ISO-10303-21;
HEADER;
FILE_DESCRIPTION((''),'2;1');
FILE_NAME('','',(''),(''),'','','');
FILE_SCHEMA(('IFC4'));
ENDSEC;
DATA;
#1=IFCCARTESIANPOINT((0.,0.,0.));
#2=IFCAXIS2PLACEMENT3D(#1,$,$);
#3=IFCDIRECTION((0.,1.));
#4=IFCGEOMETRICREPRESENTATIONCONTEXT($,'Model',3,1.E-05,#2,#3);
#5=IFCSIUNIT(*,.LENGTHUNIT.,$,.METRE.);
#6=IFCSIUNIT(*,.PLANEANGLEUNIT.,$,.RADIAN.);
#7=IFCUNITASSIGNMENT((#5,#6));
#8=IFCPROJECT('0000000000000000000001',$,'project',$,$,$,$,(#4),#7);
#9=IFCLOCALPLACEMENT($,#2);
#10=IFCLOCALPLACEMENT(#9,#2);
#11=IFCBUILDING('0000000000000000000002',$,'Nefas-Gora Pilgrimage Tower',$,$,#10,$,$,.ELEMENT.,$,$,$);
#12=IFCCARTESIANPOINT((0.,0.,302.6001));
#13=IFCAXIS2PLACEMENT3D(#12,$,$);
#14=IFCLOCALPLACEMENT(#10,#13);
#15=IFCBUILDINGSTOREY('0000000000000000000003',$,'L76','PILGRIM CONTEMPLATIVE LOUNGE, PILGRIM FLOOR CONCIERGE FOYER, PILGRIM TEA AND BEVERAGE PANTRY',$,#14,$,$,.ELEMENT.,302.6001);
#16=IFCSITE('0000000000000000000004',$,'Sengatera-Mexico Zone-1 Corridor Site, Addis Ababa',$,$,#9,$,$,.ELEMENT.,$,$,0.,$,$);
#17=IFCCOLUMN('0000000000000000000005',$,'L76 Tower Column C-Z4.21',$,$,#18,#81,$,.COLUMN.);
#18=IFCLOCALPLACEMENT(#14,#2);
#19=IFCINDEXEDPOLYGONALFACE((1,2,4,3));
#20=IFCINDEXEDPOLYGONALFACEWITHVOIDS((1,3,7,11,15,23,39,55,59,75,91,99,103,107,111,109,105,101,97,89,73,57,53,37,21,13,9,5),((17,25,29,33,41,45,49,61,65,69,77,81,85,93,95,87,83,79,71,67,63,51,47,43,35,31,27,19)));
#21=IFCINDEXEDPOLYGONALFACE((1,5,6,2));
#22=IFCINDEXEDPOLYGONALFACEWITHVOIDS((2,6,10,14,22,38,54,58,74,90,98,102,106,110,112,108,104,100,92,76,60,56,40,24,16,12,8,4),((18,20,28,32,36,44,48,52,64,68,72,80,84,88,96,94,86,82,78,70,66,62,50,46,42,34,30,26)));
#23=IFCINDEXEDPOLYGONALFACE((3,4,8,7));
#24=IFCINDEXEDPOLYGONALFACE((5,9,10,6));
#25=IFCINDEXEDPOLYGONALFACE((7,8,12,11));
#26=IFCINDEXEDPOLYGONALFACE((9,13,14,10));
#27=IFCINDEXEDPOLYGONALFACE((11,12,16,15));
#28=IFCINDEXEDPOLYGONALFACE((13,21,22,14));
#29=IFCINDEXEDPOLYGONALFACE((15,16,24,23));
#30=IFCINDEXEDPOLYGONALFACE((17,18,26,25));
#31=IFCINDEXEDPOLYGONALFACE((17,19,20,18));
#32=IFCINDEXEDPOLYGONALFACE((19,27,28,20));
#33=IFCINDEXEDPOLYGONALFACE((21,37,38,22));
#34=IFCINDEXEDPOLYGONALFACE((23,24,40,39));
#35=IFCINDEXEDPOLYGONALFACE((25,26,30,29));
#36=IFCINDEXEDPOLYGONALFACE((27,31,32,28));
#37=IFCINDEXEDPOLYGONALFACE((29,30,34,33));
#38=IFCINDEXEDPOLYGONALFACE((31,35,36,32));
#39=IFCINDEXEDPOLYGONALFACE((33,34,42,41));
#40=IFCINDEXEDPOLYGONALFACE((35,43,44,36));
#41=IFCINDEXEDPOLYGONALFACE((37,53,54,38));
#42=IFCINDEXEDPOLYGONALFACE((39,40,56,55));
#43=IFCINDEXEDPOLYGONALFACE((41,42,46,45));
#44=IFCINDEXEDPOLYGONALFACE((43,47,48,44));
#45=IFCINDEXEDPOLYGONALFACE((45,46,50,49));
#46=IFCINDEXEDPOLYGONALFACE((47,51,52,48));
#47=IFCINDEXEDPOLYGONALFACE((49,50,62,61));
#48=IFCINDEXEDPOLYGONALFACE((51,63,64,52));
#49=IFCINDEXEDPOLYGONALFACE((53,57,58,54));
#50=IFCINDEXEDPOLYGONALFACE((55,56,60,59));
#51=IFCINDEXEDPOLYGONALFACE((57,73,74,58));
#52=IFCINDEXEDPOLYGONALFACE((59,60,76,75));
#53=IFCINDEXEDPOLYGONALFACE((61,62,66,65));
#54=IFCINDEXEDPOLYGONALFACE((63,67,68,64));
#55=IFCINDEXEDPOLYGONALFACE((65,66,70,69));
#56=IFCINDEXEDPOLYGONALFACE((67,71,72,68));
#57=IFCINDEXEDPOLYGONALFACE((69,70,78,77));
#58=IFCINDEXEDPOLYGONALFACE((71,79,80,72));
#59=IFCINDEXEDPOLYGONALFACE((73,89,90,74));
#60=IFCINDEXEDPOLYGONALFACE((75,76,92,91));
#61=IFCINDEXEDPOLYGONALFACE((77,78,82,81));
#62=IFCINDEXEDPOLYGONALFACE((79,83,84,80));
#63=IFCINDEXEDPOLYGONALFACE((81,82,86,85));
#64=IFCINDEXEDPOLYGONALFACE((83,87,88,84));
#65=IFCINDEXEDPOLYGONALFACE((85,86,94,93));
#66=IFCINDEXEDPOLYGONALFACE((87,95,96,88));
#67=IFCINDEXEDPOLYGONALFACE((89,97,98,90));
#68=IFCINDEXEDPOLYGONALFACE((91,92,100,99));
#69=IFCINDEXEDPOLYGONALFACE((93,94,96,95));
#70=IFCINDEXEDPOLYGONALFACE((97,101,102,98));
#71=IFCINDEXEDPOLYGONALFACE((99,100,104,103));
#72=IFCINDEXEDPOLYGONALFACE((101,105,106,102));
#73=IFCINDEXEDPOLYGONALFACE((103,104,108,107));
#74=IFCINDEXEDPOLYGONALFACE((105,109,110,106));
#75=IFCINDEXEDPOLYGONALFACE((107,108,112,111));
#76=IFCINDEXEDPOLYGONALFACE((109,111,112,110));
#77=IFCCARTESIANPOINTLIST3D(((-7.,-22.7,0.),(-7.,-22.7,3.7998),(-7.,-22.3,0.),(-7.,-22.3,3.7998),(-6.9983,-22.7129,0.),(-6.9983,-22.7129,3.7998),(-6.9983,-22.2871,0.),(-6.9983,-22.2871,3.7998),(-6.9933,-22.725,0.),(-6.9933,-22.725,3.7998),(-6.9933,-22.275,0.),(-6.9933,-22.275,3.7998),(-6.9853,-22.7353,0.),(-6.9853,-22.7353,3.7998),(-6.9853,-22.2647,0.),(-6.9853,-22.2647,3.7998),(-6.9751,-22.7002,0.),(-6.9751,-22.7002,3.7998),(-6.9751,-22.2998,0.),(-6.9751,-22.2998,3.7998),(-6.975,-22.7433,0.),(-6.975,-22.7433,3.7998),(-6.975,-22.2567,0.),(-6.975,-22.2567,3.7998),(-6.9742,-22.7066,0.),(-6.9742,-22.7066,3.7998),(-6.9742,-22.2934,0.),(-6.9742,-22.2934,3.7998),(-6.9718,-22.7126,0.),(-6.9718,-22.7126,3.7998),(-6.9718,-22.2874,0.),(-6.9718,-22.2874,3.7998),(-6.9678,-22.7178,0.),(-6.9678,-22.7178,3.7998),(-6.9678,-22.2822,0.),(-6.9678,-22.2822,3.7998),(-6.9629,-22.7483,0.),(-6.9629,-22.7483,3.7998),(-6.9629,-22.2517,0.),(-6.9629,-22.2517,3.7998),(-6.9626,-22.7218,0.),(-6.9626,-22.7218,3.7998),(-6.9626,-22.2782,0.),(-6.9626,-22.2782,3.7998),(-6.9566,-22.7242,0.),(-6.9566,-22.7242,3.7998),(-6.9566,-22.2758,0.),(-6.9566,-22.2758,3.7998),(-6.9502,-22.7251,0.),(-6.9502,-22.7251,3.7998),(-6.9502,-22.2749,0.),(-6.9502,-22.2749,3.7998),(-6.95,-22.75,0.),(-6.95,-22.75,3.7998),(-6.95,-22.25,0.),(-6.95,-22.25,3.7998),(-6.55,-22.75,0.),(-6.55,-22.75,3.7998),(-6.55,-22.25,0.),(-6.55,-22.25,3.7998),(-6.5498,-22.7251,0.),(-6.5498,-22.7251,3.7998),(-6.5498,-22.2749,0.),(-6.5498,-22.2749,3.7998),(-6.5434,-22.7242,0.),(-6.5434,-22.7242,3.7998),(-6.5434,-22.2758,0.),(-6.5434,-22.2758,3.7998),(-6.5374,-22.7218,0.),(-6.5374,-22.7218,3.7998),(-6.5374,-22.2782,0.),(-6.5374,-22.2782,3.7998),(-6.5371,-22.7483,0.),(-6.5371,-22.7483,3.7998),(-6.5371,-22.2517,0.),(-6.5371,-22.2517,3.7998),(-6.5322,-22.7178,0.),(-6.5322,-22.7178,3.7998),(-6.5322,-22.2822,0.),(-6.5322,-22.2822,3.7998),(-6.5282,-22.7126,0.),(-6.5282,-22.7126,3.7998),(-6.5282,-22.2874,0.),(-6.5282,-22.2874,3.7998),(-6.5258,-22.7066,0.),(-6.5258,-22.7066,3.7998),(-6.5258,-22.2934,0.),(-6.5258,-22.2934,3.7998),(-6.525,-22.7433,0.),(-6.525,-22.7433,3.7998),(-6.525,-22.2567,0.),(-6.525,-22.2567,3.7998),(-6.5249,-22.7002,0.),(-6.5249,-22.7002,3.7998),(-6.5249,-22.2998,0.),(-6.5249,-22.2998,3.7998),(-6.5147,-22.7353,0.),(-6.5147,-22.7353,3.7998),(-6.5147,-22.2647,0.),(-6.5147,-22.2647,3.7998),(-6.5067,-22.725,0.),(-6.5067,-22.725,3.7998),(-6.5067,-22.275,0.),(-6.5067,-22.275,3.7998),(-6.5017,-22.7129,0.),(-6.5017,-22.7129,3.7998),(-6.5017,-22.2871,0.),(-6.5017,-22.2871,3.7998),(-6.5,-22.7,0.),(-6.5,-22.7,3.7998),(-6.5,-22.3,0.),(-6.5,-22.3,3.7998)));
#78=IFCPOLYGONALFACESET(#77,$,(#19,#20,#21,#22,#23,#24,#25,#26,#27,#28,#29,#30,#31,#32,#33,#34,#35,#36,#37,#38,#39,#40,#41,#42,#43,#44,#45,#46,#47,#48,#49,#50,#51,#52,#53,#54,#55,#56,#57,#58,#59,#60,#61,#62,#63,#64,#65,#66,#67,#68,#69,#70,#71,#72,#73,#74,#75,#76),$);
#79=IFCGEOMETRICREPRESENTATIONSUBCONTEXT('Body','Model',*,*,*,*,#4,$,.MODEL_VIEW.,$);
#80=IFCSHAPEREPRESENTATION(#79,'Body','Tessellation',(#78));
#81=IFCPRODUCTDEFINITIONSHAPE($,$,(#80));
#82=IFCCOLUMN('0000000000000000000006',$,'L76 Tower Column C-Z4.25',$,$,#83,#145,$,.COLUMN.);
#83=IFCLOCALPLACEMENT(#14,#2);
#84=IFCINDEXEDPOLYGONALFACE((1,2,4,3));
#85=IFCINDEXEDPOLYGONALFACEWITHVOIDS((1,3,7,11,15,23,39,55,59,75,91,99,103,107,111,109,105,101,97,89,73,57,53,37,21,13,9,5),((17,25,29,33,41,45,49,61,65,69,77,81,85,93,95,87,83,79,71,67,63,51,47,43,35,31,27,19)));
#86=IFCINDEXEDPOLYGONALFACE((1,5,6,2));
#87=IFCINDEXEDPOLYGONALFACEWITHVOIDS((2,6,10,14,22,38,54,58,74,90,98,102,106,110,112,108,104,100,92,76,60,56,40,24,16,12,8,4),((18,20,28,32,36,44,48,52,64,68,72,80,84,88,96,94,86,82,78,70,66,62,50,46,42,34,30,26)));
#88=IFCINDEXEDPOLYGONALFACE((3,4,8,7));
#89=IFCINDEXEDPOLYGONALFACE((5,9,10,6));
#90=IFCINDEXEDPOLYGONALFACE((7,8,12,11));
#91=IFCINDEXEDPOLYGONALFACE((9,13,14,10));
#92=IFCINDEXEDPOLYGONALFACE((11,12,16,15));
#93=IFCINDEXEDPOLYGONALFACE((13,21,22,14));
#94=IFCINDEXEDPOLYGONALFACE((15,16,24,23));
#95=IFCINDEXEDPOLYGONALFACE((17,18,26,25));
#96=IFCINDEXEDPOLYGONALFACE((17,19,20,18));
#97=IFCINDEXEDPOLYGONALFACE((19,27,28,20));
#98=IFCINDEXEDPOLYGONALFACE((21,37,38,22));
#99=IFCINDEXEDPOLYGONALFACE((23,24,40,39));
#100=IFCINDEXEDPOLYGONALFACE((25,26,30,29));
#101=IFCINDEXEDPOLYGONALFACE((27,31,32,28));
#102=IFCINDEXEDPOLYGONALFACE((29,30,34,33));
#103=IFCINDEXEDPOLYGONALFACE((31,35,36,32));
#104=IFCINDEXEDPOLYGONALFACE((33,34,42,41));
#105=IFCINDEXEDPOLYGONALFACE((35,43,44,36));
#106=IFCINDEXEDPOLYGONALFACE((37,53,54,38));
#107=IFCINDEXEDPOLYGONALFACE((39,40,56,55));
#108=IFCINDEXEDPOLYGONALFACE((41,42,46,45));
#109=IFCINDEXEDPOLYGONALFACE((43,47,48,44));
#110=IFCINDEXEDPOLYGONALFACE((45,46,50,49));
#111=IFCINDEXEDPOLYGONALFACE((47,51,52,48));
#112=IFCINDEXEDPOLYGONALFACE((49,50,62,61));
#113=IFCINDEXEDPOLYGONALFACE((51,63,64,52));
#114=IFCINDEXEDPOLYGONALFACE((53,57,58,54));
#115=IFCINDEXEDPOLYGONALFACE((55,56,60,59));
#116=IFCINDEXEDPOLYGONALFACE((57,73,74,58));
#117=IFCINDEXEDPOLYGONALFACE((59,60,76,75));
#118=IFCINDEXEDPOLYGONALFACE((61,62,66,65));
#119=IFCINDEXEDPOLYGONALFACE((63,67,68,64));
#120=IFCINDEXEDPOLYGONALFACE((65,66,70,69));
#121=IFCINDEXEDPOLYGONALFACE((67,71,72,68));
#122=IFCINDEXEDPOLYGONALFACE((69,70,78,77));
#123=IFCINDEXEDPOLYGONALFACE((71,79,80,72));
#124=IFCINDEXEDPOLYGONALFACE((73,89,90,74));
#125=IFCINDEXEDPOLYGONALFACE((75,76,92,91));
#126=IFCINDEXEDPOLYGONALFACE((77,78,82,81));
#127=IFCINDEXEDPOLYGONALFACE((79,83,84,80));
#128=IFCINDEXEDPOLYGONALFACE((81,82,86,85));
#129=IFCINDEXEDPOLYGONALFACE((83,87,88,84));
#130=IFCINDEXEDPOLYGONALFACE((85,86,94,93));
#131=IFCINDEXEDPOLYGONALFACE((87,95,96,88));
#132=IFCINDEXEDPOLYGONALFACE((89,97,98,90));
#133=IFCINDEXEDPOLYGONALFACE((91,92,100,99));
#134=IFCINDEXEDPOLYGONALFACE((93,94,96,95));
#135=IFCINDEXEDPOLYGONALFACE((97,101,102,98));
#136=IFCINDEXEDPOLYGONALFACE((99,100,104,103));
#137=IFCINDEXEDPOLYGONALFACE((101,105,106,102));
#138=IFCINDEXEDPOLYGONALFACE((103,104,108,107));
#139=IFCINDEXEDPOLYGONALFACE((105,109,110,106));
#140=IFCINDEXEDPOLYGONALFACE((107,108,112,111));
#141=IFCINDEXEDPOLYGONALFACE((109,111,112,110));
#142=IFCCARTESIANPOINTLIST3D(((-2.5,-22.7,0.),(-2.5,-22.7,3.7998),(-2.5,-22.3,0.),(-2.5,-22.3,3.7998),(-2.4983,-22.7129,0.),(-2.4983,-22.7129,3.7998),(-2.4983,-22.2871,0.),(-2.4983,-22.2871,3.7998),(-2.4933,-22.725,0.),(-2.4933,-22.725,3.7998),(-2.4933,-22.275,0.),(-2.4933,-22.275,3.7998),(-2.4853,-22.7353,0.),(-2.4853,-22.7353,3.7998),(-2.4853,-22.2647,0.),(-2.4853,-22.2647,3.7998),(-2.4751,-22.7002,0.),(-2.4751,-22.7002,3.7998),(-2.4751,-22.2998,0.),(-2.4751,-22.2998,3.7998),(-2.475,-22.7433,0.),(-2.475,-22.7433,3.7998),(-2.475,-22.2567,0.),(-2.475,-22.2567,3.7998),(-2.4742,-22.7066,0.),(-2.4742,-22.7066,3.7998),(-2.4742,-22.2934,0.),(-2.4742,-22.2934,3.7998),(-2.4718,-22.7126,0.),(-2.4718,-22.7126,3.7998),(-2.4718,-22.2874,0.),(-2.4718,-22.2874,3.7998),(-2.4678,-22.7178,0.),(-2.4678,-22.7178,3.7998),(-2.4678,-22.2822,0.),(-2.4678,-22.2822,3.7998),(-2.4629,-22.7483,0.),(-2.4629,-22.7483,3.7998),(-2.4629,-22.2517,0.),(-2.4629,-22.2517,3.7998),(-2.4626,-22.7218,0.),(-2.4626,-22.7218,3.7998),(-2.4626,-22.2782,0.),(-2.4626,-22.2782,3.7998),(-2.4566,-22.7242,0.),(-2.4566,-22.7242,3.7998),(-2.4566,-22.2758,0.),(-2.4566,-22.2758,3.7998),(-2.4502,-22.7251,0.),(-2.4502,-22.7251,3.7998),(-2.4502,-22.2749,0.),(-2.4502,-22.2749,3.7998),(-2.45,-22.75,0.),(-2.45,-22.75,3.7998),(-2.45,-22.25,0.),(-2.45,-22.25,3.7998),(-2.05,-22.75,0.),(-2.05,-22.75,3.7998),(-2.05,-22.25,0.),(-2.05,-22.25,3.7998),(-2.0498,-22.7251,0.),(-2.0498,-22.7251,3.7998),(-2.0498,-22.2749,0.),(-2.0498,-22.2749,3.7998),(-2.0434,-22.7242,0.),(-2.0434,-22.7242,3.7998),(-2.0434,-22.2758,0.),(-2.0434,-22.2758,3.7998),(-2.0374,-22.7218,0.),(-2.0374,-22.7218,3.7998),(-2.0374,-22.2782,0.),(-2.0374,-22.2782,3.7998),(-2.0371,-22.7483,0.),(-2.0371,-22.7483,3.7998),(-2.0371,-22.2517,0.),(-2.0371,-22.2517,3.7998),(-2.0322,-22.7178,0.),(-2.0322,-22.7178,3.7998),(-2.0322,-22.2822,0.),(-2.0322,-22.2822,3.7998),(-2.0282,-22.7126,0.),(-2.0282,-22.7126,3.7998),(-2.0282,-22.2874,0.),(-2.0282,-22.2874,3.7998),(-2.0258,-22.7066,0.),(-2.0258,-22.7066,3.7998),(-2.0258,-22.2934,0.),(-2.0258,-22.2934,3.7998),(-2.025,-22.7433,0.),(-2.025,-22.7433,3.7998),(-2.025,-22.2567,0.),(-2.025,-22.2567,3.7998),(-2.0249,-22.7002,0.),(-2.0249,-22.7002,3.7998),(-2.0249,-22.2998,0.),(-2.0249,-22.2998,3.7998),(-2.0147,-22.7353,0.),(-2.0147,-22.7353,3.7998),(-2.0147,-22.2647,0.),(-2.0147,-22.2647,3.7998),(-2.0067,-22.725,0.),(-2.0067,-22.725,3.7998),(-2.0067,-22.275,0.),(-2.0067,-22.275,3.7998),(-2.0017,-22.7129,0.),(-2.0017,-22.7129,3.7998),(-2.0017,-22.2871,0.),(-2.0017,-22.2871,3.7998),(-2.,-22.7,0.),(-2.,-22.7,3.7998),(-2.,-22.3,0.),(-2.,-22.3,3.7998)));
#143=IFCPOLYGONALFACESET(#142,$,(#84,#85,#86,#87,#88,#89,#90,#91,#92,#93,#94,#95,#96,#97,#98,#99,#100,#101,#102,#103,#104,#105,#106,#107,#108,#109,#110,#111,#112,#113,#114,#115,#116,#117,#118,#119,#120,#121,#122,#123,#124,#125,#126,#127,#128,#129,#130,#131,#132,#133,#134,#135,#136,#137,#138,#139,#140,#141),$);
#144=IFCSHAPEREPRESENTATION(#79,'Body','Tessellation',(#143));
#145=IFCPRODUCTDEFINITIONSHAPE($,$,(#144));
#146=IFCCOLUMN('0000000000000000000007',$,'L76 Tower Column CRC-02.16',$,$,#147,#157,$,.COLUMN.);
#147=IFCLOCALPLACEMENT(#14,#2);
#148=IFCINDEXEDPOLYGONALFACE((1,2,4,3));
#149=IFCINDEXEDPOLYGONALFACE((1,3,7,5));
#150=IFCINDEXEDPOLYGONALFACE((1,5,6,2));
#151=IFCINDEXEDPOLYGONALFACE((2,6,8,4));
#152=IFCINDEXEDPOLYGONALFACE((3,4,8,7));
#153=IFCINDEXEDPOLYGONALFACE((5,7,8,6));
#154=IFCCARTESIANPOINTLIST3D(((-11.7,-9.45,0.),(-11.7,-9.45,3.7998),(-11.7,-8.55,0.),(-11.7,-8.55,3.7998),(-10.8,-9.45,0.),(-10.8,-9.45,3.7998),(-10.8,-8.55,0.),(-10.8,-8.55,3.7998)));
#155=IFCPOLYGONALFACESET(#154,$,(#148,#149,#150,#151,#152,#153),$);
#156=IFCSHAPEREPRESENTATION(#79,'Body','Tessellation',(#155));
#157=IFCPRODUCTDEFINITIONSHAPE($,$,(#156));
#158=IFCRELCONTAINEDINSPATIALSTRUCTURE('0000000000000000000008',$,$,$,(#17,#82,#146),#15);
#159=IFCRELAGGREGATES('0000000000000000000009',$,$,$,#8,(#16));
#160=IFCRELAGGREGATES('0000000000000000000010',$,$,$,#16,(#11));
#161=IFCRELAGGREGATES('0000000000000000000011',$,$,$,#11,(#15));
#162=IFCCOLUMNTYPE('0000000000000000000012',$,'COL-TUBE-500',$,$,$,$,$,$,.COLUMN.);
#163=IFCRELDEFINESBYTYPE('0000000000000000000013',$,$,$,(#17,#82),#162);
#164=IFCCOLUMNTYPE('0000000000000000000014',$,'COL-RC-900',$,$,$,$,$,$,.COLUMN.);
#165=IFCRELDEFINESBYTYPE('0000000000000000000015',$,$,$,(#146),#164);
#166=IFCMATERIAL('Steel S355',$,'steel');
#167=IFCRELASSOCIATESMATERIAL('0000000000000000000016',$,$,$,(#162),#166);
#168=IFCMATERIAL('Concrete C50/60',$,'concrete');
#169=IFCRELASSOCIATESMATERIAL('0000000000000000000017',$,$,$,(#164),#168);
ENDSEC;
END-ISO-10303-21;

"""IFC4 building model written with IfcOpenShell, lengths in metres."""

from ifc_helpers import new_model, si_unit, direction, frame, origin, origin_2d, place, context, subcontext, project, spatial, rectangle, hollow_rectangle, extrude, source, transform, mapped, material, material_profile, profile_set, type_object, element, save


model = new_model("IFC4")

# Units and contexts
model_context = context("Model", 3, precision=1e-05, world=origin(), true_north=direction((0.0, 1.0)))
body_context = subcontext(model_context, "Body", "Model", "MODEL_VIEW")
ifc_project = project(units=[si_unit("LENGTHUNIT", "METRE"), si_unit("PLANEANGLEUNIT", "RADIAN")], contexts=[model_context])

# Site, building, storey
site_placement = place(None, origin())
site = spatial("IfcSite", under=ifc_project, at=site_placement, Name="Sengatera-Mexico Zone-1 Corridor Site, Addis Ababa", CompositionType="ELEMENT", RefElevation=0.0)
building_placement = place(site_placement, origin())
building = spatial("IfcBuilding", under=site, at=building_placement, Name="Nefas-Gora Pilgrimage Tower", CompositionType="ELEMENT")
storey_placement = place(building_placement, frame((0.0, 0.0, 302.6001)))
storey = spatial("IfcBuildingStorey", under=building, at=storey_placement, Name="L76", Description="PILGRIM CONTEMPLATIVE LOUNGE, PILGRIM FLOOR CONCIERGE FOYER, PILGRIM TEA AND BEVERAGE PANTRY", CompositionType="ELEMENT", Elevation=302.6001)

# Columns
ifc_material_1 = material(Name="Steel S355", Category="steel")
ifc_material_profile_1 = material_profile(ifc_material_1, hollow_rectangle(XDim=0.5, YDim=0.5, WallThickness=0.0249, InnerFilletRadius=0.0249, OuterFilletRadius=0.05, at=origin_2d()), Name="SHS 500x500x25")
ifc_profile_set_1 = profile_set([ifc_material_profile_1], Name="Steel S355")
column_type_1 = type_object("IfcColumnType", Name="COL-TUBE-500", PredefinedType="COLUMN", material=ifc_profile_set_1)
shared_shape_1 = source(origin(), body_context, "Body", "SweptSolid", [
    extrude(hollow_rectangle(XDim=0.5, YDim=0.5, WallThickness=0.0249, InnerFilletRadius=0.0249, OuterFilletRadius=0.05, at=origin_2d()), origin(), (0.0, 0.0, 1.0), 3.7998),
])
for number, where, z_axis, x_axis, name in (
    (1, (-6.75, -22.5, 0.0), (0.0, 0.0, 1.0), (1.0, 0.0, 0.0), "L76 Tower Column C-Z4.21"),
    (2, (-2.25, -22.5, 0.0), (0.0, 0.0, 1.0), (1.0, 0.0, 0.0), "L76 Tower Column C-Z4.25"),
):
    element("IfcColumn", number, at=place(storey_placement, frame(where, z_axis=z_axis, x_axis=x_axis)), inside=storey, type_object=column_type_1, Name=name, PredefinedType="COLUMN", context=body_context, shape_type="MappedRepresentation", body=[
        mapped(shared_shape_1, transform((0.0, 0.0, 0.0), x_axis=(1.0, 0.0, 0.0), y_axis=(0.0, 1.0, 0.0), z_axis=(0.0, 0.0, 1.0), scale=1.0)),
    ])
ifc_material_2 = material(Name="Concrete C50/60", Category="concrete")
ifc_material_profile_2 = material_profile(ifc_material_2, rectangle(XDim=0.8999, YDim=0.8999, at=origin_2d()), Name="RC 900x900")
ifc_profile_set_2 = profile_set([ifc_material_profile_2], Name="Concrete C50/60")
column_type_2 = type_object("IfcColumnType", Name="COL-RC-900", PredefinedType="COLUMN", material=ifc_profile_set_2)
shared_shape_2 = source(origin(), body_context, "Body", "SweptSolid", [
    extrude(rectangle(XDim=0.8999, YDim=0.8999, at=origin_2d()), origin(), (0.0, 0.0, 1.0), 3.7998),
])
column_placement = place(storey_placement, frame((-11.25, -9.0, 0.0), z_axis=(0.0, 0.0, 1.0), x_axis=(1.0, 0.0, 0.0)))
element("IfcColumn", 3, at=column_placement, inside=storey, type_object=column_type_2, Name="L76 Tower Column CRC-02.16", PredefinedType="COLUMN", context=body_context, shape_type="MappedRepresentation", body=[
    mapped(shared_shape_2, transform((0.0, 0.0, 0.0), x_axis=(1.0, 0.0, 0.0), y_axis=(0.0, 1.0, 0.0), z_axis=(0.0, 0.0, 1.0), scale=1.0)),
])

save(model, "model.ifc")
